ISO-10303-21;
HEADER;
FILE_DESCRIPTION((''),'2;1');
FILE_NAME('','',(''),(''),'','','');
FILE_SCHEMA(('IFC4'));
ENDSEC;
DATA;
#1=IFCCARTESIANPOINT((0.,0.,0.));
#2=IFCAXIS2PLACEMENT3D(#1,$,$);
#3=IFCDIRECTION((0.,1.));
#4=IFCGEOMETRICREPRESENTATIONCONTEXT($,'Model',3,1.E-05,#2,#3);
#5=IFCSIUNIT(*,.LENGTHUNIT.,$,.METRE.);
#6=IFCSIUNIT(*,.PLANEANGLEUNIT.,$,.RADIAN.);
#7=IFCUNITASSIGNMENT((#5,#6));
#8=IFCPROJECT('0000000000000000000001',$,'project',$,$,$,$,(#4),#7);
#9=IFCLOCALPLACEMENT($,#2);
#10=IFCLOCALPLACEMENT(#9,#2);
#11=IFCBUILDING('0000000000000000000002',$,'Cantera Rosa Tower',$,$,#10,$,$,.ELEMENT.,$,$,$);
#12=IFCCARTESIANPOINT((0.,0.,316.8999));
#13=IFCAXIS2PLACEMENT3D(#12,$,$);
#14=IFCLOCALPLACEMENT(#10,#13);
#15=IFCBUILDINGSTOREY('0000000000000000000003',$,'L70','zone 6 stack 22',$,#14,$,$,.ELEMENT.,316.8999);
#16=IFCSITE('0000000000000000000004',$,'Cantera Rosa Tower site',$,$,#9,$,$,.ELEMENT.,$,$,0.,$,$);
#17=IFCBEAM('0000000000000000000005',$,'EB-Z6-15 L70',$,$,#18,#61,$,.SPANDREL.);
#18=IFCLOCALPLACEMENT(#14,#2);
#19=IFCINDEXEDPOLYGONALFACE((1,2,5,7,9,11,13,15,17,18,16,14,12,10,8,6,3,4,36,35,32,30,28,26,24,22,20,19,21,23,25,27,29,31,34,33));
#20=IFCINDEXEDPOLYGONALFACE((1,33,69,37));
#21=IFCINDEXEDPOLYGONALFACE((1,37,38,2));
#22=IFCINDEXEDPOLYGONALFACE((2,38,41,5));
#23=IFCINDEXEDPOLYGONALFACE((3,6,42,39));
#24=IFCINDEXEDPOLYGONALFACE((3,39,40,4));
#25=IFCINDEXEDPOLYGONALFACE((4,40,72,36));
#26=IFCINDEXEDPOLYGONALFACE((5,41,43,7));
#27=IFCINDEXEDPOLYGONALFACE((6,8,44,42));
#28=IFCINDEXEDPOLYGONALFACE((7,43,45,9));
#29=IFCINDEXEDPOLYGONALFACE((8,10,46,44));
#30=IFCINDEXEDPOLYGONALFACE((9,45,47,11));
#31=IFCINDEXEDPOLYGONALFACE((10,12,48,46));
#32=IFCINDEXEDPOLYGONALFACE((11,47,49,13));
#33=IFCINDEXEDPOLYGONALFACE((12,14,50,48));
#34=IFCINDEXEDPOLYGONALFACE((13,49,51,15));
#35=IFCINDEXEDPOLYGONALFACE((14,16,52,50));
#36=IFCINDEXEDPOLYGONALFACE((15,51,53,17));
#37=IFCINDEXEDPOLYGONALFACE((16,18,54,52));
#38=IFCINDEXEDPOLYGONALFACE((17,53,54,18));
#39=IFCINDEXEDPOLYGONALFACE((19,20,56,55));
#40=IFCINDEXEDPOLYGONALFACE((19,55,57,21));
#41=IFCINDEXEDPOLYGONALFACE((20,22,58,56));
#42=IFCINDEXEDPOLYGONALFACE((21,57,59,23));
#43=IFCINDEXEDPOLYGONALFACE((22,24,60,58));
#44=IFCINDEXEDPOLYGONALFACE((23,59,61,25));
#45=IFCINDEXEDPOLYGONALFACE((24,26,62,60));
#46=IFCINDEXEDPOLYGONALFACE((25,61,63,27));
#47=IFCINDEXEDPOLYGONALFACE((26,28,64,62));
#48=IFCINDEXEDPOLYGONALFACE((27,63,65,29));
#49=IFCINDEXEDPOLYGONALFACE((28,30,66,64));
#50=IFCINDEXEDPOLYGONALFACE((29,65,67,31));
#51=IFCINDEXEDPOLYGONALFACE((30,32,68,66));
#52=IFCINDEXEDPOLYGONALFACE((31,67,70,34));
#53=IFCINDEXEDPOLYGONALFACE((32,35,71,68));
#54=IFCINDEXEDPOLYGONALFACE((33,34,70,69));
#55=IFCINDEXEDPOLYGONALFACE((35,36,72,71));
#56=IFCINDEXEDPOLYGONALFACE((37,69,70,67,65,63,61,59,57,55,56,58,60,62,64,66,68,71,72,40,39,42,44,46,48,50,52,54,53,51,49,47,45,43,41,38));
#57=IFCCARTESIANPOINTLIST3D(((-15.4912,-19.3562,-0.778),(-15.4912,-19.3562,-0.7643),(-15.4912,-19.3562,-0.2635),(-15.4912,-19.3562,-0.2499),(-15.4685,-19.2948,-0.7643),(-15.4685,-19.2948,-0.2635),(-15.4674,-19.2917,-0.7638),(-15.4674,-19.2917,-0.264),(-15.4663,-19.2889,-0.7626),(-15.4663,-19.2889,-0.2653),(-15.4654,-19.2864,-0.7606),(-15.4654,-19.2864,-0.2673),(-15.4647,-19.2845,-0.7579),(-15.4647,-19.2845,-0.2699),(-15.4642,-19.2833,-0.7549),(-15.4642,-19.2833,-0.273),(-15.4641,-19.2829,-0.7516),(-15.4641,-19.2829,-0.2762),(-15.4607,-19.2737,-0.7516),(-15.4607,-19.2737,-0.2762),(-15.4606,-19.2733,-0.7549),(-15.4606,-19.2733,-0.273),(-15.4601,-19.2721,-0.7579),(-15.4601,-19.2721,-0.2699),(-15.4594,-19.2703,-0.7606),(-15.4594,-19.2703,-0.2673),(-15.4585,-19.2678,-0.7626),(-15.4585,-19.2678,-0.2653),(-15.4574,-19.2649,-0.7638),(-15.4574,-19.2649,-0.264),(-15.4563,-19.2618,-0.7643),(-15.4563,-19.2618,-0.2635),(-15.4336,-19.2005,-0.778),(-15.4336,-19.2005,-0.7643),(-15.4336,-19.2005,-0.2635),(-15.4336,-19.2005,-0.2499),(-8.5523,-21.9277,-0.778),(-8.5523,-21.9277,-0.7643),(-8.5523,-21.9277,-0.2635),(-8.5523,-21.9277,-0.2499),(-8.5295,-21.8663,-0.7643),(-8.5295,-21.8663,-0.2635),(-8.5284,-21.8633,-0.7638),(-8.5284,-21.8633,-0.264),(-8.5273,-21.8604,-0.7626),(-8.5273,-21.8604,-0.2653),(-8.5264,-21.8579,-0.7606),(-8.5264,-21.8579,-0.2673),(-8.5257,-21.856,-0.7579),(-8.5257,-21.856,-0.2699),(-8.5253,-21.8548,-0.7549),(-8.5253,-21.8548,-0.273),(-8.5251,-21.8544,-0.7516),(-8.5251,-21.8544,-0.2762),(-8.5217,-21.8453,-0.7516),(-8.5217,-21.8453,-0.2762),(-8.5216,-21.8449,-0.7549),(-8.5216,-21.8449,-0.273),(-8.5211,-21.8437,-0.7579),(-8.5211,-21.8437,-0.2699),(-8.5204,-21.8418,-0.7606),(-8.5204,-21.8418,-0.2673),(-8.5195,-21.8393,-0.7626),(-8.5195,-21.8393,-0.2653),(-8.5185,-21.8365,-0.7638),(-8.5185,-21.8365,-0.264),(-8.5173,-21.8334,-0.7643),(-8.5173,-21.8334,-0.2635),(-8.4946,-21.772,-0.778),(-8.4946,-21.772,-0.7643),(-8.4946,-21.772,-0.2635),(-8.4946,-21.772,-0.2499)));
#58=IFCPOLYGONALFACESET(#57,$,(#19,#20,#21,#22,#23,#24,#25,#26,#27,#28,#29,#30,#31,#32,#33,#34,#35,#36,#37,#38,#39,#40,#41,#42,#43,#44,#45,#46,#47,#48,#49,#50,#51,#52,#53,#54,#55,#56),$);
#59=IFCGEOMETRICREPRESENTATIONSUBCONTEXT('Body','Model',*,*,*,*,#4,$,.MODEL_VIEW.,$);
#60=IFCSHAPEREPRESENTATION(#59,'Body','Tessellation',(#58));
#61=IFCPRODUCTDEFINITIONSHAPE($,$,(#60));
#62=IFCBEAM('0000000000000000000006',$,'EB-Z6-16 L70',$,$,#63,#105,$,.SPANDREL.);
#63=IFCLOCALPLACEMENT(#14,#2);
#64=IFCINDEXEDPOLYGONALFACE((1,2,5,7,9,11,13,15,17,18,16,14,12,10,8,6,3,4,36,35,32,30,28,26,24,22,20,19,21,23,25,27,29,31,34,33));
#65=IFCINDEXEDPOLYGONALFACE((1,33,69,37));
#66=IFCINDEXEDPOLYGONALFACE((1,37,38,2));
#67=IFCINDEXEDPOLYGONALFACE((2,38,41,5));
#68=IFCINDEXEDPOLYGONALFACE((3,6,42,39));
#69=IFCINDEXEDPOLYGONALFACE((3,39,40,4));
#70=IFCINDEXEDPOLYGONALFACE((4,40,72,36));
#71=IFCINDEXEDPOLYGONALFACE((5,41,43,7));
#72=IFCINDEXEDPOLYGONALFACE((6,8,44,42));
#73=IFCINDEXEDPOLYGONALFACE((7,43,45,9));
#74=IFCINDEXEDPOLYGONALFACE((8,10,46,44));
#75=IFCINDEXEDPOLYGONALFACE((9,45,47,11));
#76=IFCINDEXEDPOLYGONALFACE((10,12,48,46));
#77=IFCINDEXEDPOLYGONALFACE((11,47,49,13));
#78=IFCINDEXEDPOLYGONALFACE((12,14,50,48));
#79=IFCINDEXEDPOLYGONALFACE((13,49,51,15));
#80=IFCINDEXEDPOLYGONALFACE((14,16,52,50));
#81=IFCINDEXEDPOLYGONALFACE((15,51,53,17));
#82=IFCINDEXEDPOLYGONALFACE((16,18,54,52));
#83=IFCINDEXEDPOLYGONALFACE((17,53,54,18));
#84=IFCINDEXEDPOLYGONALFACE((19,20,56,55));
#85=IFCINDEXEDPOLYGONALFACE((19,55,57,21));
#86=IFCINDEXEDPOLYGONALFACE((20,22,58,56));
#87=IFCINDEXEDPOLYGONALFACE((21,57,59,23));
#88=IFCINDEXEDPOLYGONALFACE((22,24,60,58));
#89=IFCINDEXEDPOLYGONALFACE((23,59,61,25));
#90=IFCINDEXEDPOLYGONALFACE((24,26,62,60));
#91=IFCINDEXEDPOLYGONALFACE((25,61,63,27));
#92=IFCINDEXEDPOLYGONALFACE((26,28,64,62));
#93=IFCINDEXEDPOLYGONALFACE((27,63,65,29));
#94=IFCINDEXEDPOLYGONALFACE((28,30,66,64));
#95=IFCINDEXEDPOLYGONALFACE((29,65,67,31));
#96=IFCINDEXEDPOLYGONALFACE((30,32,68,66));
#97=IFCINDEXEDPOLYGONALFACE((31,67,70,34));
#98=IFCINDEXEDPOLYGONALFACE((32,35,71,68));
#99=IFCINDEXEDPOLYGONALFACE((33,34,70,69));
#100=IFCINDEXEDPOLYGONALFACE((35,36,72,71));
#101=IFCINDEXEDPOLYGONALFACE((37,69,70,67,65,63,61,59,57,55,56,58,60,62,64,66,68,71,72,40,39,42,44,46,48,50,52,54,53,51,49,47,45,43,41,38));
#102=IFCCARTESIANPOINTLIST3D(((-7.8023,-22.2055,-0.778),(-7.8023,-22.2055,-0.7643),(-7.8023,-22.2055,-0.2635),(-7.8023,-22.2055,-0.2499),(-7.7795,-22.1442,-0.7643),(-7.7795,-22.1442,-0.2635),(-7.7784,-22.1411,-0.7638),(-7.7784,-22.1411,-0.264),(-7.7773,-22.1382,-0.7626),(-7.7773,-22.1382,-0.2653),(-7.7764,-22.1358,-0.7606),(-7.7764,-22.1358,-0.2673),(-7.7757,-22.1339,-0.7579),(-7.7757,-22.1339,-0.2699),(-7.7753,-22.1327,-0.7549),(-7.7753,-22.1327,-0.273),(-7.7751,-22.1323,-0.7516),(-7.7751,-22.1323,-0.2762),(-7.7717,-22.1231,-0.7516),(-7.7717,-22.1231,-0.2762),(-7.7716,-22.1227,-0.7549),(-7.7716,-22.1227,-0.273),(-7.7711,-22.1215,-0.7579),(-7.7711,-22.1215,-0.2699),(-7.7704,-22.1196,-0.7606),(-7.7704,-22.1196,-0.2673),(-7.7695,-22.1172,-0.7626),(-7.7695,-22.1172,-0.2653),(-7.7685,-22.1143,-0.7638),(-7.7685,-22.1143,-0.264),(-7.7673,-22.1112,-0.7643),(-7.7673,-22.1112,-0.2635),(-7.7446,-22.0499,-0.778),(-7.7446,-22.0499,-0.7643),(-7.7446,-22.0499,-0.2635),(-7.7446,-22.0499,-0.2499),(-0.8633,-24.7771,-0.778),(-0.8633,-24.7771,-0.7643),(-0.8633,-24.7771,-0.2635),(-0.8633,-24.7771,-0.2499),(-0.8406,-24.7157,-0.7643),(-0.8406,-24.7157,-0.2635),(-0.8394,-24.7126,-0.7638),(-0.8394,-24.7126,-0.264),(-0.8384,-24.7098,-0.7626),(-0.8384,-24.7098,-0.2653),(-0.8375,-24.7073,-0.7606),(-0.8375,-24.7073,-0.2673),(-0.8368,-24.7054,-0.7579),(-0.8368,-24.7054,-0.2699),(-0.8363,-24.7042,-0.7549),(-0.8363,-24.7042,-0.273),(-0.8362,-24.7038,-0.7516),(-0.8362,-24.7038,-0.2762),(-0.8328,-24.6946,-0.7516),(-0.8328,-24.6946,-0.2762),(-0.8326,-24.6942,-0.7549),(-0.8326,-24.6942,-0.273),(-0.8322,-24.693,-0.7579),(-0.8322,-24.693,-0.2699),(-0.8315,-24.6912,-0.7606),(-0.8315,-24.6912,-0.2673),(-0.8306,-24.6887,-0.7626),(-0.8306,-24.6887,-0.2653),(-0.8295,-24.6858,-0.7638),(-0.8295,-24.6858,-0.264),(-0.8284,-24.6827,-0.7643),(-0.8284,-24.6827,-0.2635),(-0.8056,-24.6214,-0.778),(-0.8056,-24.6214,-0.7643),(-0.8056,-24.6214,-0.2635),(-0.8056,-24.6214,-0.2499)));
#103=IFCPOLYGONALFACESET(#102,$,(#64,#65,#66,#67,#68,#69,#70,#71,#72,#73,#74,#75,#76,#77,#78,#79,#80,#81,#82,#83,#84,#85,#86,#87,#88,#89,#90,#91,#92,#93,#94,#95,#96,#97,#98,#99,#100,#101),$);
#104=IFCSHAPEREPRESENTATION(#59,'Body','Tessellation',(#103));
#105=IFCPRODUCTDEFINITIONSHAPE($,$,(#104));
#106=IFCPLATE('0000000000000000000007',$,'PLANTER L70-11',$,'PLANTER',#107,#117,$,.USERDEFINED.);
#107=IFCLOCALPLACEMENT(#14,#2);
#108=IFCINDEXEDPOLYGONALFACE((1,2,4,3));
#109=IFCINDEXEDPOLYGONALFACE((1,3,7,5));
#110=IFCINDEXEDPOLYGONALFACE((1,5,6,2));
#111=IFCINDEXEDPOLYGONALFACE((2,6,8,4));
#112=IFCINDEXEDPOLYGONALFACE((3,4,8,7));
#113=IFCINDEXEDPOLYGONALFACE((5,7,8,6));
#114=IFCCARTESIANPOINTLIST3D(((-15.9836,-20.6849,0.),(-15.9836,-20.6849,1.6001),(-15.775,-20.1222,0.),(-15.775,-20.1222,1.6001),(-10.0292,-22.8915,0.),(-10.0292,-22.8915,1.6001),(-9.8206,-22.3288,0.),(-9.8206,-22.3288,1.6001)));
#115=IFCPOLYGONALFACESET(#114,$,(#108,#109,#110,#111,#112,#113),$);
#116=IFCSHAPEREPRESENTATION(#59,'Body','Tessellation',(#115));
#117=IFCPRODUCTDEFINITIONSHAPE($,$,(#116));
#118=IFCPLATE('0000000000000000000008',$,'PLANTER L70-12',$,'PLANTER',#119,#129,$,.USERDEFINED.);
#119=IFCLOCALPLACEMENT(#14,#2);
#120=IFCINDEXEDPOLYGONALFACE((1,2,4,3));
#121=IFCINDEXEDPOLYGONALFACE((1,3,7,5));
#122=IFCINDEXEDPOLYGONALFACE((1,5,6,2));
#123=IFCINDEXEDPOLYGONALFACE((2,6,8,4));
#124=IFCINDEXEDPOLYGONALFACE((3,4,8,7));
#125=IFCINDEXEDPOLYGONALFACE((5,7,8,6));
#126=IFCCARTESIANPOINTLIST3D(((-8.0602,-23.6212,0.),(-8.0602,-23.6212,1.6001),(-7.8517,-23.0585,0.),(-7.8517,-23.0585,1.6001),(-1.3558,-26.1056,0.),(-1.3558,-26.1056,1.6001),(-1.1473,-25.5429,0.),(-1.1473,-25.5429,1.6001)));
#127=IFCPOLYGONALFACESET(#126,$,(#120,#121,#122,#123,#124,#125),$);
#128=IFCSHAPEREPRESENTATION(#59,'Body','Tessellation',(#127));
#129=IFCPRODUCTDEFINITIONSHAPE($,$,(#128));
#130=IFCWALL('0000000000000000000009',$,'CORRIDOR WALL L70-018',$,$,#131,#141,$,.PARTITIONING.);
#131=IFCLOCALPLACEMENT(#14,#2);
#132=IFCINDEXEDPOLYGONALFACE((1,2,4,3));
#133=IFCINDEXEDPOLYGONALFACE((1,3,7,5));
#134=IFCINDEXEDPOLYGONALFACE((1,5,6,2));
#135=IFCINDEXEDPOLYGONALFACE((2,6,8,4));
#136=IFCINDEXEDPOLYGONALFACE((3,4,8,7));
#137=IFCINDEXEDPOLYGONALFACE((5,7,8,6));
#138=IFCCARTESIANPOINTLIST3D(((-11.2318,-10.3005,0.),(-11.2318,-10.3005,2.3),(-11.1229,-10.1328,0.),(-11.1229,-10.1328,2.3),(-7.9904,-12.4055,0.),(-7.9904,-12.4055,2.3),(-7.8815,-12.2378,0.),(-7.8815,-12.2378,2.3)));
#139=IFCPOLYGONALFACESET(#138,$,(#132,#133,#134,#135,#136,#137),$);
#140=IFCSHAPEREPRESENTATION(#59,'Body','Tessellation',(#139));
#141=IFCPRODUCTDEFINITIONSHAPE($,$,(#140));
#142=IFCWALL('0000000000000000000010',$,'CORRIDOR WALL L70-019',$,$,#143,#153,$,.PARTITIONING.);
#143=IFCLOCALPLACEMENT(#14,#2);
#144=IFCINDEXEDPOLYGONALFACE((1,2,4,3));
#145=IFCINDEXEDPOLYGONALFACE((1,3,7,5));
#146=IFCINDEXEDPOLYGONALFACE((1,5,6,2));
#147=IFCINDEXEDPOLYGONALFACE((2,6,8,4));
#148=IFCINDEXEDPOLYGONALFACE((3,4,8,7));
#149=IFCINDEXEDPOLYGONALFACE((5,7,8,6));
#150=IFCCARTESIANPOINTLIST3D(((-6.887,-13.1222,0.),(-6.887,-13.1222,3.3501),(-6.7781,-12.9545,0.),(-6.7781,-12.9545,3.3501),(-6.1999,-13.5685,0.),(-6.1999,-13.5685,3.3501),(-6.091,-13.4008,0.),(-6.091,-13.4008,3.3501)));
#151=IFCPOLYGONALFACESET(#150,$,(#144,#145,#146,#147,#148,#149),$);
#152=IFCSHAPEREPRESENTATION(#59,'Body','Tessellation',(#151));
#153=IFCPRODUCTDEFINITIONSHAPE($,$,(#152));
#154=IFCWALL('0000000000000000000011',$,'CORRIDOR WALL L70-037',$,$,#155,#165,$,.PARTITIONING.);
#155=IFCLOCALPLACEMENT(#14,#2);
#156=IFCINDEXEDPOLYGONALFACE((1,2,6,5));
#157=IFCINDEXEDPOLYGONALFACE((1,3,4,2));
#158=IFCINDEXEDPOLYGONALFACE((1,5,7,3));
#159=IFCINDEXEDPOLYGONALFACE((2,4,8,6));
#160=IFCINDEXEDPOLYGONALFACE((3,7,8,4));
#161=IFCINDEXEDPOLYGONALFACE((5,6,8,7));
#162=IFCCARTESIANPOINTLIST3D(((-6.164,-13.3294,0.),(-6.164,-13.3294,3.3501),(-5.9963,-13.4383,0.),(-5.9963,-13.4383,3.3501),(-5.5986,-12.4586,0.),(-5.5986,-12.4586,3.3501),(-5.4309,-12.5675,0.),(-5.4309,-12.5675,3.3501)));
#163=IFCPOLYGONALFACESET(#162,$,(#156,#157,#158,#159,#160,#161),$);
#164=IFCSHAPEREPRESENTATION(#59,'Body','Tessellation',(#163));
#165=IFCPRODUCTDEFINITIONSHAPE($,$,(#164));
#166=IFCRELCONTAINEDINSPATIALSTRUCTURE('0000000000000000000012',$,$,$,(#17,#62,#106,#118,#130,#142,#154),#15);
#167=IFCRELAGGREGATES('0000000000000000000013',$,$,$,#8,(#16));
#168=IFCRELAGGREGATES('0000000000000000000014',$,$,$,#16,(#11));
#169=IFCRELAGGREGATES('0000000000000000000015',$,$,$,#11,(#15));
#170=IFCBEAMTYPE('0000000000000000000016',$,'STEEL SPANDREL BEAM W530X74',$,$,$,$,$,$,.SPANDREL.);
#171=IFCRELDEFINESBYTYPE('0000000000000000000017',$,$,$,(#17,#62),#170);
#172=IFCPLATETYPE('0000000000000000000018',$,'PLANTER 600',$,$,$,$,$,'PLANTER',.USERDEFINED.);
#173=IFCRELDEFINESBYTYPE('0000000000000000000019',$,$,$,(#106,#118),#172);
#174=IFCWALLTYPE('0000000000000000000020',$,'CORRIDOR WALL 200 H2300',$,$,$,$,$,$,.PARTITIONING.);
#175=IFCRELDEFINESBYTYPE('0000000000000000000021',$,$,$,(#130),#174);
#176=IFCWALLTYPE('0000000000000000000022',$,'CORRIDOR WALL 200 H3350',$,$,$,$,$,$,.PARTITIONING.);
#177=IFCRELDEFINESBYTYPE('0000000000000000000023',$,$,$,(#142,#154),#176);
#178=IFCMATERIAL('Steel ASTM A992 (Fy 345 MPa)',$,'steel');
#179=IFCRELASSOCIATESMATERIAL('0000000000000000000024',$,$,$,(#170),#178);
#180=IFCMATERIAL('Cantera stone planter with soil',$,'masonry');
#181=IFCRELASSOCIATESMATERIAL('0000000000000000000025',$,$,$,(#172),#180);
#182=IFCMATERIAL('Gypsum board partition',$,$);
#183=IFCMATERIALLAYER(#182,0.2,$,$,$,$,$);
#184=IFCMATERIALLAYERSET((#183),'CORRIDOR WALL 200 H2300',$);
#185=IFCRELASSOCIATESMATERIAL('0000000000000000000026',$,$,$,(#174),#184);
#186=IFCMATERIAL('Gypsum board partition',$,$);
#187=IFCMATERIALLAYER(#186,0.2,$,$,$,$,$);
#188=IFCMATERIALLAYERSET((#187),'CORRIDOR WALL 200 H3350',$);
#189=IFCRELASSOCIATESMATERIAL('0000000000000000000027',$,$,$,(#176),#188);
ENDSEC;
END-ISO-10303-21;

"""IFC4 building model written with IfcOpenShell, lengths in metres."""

from ifc_helpers import new_model, si_unit, direction, frame, frame_2d, origin, origin_2d, place, context, subcontext, project, spatial, rectangle, i_section, extrude, material, layer, layer_set, material_profile, profile_set, type_object, element, save


model = new_model("IFC4")

# Units and contexts
model_context = context("Model", 3, precision=1e-05, world=origin(), true_north=direction((0.0, 1.0)))
body_context = subcontext(model_context, "Body", "Model", "MODEL_VIEW")
ifc_project = project(units=[si_unit("LENGTHUNIT", "METRE"), si_unit("PLANEANGLEUNIT", "RADIAN")], contexts=[model_context])

# Site, building, storey
site_placement = place(None, origin())
site = spatial("IfcSite", under=ifc_project, at=site_placement, Name="Cantera Rosa Tower site", CompositionType="ELEMENT", RefElevation=0.0)
building_placement = place(site_placement, origin())
building = spatial("IfcBuilding", under=site, at=building_placement, Name="Cantera Rosa Tower", CompositionType="ELEMENT")
storey_placement = place(building_placement, frame((0.0, 0.0, 316.8999)))
storey = spatial("IfcBuildingStorey", under=building, at=storey_placement, Name="L70", Description="zone 6 stack 22", CompositionType="ELEMENT", Elevation=316.8999)

# Beams
ifc_material_1 = material(Name="Steel ASTM A992 (Fy 345 MPa)", Category="steel")
ifc_material_profile_1 = material_profile(ifc_material_1, i_section(OverallWidth=0.166, OverallDepth=0.5281, WebThickness=0.0098, FlangeThickness=0.0137, FilletRadius=0.0127, at=origin_2d()), Name="W530X74")
ifc_profile_set_1 = profile_set([ifc_material_profile_1], Name="Steel ASTM A992 (Fy 345 MPa)")
beam_type_1 = type_object("IfcBeamType", Name="STEEL SPANDREL BEAM W530X74", PredefinedType="SPANDREL", material=ifc_profile_set_1)
for number, where, z_axis, x_axis, name in (
    (1, (-15.4624, -19.2783, -0.5139), (0.937681, -0.347498, 0.0), (0.347498, 0.937681, 0.0), "EB-Z6-15 L70"),
    (2, (-7.7734, -22.1277, -0.5139), (0.937681, -0.347498, 0.0), (0.347498, 0.937681, 0.0), "EB-Z6-16 L70"),
):
    element("IfcBeam", number, at=place(storey_placement, frame(where, z_axis=z_axis, x_axis=x_axis)), inside=storey, type_object=beam_type_1, Name=name, PredefinedType="SPANDREL", context=body_context, shape_type="SweptSolid", body=[
        extrude(i_section(OverallWidth=0.166, OverallDepth=0.5281, WebThickness=0.0098, FlangeThickness=0.0137, FilletRadius=0.0127, at=origin_2d()), origin(), (0.0, 0.0, 1.0), 7.4001),
    ])

# Plates
ifc_material_2 = material(Name="Cantera stone planter with soil", Category="masonry")
plate_type = type_object("IfcPlateType", Name="PLANTER 600", ElementType="PLANTER", PredefinedType="USERDEFINED", material=ifc_material_2)
plate_1_placement = place(storey_placement, frame((-12.9021, -21.5068, 0.0), z_axis=(0.0, 0.0, 1.0), x_axis=(0.937687, -0.347481, 0.0)))
element("IfcPlate", 3, at=plate_1_placement, inside=storey, type_object=plate_type, Name="PLANTER L70-11", ObjectType="PLANTER", PredefinedType="USERDEFINED", context=body_context, shape_type="SweptSolid", body=[
    extrude(rectangle(XDim=6.3501, YDim=0.6001, at=origin_2d()), origin(), (0.0, 0.0, 1.0), 1.6001),
])
plate_2_placement = place(storey_placement, frame((-4.6038, -24.582, 0.0), z_axis=(0.0, 0.0, 1.0), x_axis=(0.937687, -0.347481, 0.0)))
element("IfcPlate", 4, at=plate_2_placement, inside=storey, type_object=plate_type, Name="PLANTER L70-12", ObjectType="PLANTER", PredefinedType="USERDEFINED", context=body_context, shape_type="SweptSolid", body=[
    extrude(rectangle(XDim=7.1499, YDim=0.6001, at=origin_2d()), origin(), (0.0, 0.0, 1.0), 1.6001),
])

# Walls
ifc_material_3 = material(Name="Gypsum board partition")
ifc_layer_1 = layer(ifc_material_3, 0.2)
ifc_layer_set_1 = layer_set([ifc_layer_1], Name="CORRIDOR WALL 200 H2300")
wall_type_1 = type_object("IfcWallType", Name="CORRIDOR WALL 200 H2300", PredefinedType="PARTITIONING", material=ifc_layer_set_1)
wall_1_placement = place(storey_placement, frame((-11.1775, -10.2166, 0.0), z_axis=(0.0, 0.0, 1.0), x_axis=(0.838676, -0.544631, 0.0)))
element("IfcWall", 5, at=wall_1_placement, inside=storey, type_object=wall_type_1, Name="CORRIDOR WALL L70-018", PredefinedType="PARTITIONING", context=body_context, shape_type="SweptSolid", body=[
    extrude(rectangle(XDim=3.865, YDim=0.2, at=frame_2d((1.9326, 0.0))), origin(), (0.0, 0.0, 1.0), 2.3),
])
ifc_material_4 = material(Name="Gypsum board partition")
ifc_layer_2 = layer(ifc_material_4, 0.2)
ifc_layer_set_2 = layer_set([ifc_layer_2], Name="CORRIDOR WALL 200 H3350")
wall_type_2 = type_object("IfcWallType", Name="CORRIDOR WALL 200 H3350", PredefinedType="PARTITIONING", material=ifc_layer_set_2)
wall_2_placement = place(storey_placement, frame((-6.8325, -13.0383, 0.0), z_axis=(0.0, 0.0, 1.0), x_axis=(0.838593, -0.544758, 0.0)))
element("IfcWall", 6, at=wall_2_placement, inside=storey, type_object=wall_type_2, Name="CORRIDOR WALL L70-019", PredefinedType="PARTITIONING", context=body_context, shape_type="SweptSolid", body=[
    extrude(rectangle(XDim=0.8193, YDim=0.2, at=frame_2d((0.4097, 0.0))), origin(), (0.0, 0.0, 1.0), 3.3501),
])
wall_3_placement = place(storey_placement, frame((-6.0801, -13.3838, 0.0), z_axis=(0.0, 0.0, 1.0), x_axis=(0.544567, 0.838717, 0.0)))
element("IfcWall", 7, at=wall_3_placement, inside=storey, type_object=wall_type_2, Name="CORRIDOR WALL L70-037", PredefinedType="PARTITIONING", context=body_context, shape_type="SweptSolid", body=[
    extrude(rectangle(XDim=1.0383, YDim=0.2, at=frame_2d((0.519, 0.0))), origin(), (0.0, 0.0, 1.0), 3.3501),
])

save(model, "model.ifc")
